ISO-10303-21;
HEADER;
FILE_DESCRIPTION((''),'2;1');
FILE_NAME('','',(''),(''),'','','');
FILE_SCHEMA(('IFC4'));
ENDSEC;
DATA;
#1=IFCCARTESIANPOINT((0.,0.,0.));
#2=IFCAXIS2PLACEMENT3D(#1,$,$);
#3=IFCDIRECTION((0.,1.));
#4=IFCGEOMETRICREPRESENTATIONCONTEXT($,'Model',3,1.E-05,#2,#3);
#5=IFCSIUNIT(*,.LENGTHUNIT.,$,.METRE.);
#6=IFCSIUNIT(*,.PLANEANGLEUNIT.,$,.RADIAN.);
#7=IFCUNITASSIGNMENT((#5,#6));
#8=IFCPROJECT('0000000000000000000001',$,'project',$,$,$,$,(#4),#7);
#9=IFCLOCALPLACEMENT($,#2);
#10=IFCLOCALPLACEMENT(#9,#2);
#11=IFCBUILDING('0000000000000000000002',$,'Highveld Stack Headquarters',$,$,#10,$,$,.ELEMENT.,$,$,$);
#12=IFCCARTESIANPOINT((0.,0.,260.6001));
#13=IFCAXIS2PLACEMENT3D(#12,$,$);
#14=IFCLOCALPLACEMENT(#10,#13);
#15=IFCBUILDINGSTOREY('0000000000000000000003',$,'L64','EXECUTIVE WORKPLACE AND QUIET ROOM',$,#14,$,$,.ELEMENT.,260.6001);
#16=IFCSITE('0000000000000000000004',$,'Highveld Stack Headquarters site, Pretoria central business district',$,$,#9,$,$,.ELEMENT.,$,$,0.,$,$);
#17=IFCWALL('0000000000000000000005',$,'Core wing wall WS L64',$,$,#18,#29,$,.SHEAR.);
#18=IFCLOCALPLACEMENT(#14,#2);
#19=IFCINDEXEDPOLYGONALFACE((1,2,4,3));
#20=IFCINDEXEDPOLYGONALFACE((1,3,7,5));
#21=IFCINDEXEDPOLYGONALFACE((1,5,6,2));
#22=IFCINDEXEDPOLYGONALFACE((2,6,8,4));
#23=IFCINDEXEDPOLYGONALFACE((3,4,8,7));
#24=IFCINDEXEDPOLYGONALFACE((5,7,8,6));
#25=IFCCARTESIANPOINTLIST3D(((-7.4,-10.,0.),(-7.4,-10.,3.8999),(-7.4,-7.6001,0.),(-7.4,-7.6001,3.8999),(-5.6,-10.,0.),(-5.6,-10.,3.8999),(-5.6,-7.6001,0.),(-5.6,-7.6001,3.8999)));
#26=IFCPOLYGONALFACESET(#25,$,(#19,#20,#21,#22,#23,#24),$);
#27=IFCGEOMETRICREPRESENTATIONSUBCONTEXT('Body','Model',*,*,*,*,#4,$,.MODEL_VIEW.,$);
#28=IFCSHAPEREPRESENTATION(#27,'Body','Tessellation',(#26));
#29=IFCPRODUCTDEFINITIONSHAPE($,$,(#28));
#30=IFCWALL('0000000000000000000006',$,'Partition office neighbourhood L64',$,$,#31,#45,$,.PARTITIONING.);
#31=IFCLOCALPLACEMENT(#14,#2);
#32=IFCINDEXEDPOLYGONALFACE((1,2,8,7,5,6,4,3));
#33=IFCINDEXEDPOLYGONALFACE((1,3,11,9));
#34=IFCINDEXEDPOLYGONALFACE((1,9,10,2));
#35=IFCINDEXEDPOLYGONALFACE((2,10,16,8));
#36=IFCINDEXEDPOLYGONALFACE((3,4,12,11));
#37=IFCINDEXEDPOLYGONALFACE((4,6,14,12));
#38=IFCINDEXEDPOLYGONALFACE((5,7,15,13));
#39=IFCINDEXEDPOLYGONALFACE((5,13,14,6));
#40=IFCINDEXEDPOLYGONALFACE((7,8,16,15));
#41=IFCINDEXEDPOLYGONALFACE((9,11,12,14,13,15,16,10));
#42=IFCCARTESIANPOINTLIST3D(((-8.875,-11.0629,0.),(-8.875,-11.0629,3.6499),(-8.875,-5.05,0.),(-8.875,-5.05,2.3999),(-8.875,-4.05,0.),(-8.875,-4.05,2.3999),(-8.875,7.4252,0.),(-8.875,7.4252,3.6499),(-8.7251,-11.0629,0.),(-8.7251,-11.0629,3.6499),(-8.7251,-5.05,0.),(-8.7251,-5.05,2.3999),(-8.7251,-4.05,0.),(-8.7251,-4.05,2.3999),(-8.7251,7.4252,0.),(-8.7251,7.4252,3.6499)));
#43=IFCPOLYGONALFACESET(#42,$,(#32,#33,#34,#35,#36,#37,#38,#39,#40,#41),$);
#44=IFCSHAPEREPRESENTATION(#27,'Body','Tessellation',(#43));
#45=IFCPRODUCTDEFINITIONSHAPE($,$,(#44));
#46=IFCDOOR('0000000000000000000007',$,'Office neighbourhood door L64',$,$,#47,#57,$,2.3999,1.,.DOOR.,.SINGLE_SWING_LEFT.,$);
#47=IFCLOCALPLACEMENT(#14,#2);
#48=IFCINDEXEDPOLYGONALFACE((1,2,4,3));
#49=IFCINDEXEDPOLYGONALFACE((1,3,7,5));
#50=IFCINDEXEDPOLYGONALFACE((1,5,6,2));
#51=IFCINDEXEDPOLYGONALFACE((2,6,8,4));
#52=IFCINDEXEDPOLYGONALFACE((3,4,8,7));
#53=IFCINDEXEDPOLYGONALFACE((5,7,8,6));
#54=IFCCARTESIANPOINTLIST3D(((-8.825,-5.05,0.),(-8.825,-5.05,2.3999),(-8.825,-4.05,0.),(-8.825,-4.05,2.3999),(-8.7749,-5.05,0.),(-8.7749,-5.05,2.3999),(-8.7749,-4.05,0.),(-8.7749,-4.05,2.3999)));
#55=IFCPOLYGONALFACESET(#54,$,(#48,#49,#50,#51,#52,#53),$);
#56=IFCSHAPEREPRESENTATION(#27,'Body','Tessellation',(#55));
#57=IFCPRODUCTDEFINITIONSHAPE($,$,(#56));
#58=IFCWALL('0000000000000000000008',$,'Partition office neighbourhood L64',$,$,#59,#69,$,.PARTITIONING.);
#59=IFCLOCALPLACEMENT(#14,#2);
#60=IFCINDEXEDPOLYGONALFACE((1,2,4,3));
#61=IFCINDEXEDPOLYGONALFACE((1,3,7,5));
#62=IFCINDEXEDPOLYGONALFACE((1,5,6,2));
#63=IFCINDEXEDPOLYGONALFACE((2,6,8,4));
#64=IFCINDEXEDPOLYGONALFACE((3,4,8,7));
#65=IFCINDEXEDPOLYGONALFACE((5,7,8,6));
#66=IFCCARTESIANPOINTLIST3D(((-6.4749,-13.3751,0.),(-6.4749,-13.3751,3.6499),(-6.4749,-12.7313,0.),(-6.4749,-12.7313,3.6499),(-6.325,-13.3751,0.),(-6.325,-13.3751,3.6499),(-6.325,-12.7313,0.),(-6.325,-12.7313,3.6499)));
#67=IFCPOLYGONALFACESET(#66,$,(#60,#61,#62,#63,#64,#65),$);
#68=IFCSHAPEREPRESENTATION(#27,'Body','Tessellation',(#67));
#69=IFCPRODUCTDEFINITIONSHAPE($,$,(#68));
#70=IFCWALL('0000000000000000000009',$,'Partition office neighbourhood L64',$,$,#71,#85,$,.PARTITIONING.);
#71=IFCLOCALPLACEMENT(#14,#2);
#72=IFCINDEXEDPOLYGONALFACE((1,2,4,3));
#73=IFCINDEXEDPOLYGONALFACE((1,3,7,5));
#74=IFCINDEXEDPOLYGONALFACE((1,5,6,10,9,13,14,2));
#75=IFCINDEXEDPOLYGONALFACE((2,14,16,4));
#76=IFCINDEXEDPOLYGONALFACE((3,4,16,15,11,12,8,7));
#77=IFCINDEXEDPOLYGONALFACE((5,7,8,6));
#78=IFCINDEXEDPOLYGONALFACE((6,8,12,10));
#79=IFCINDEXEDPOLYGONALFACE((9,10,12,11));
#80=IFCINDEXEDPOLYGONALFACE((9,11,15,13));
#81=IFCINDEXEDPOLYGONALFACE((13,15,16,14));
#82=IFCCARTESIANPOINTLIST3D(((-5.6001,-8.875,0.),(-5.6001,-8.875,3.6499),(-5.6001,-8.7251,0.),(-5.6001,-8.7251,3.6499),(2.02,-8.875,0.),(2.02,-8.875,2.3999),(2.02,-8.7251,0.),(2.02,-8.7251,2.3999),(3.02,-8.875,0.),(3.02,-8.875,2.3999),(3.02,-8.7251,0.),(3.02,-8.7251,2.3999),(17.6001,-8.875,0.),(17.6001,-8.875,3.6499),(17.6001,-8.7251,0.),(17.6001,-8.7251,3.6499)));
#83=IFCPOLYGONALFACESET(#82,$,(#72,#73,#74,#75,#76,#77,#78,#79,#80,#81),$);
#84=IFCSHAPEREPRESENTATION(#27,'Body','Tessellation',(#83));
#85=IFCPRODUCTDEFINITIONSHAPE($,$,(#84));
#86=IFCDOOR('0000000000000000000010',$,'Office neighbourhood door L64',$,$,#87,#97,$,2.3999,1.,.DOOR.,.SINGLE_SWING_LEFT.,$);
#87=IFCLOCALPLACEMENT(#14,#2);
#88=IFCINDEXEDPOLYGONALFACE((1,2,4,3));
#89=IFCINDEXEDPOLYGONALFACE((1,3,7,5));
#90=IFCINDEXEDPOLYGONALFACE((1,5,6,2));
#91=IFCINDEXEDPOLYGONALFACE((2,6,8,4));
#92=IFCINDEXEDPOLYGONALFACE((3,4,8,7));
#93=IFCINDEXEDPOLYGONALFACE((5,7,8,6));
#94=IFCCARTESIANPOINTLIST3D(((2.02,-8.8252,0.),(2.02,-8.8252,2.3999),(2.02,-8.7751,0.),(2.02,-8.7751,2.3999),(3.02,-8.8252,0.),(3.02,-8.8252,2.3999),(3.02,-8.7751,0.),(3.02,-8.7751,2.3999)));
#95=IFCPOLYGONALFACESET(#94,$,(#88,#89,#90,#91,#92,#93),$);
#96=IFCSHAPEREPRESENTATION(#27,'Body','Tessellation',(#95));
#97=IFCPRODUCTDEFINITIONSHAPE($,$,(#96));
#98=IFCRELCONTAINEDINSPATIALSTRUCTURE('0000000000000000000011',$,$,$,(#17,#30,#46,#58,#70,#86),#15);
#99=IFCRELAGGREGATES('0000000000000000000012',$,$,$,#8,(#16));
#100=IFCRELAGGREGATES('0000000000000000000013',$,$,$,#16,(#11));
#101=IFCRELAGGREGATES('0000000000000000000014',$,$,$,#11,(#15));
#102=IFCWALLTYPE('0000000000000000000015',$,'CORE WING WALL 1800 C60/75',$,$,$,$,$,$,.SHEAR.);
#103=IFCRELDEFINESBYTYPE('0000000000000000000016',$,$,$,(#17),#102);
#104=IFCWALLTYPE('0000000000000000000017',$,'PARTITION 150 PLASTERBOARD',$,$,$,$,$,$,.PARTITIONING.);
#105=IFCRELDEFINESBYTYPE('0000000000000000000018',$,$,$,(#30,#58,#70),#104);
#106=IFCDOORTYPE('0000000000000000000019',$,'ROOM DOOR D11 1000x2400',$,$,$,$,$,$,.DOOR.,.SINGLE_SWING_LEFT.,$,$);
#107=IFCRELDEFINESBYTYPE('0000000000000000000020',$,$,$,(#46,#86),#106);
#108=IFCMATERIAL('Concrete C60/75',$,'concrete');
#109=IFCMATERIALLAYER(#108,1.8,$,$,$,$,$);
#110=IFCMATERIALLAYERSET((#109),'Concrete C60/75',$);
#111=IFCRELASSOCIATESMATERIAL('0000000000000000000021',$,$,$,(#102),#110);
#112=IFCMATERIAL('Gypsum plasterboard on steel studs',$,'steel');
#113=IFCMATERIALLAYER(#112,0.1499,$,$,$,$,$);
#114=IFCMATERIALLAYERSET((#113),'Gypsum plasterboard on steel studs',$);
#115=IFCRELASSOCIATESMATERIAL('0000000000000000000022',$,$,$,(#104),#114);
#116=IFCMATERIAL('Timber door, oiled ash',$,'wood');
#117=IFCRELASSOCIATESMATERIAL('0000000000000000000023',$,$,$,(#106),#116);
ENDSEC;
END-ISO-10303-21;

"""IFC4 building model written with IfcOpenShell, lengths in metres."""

from ifc_helpers import new_model, si_unit, direction, frame, frame_2d, origin, place, context, subcontext, project, spatial, rectangle, extrude, material, layer, layer_set, type_object, element, fill, save


model = new_model("IFC4")

# Units and contexts
model_context = context("Model", 3, precision=1e-05, world=origin(), true_north=direction((0.0, 1.0)))
body_context = subcontext(model_context, "Body", "Model", "MODEL_VIEW")
ifc_project = project(units=[si_unit("LENGTHUNIT", "METRE"), si_unit("PLANEANGLEUNIT", "RADIAN")], contexts=[model_context])

# Site, building, storey
site_placement = place(None, origin())
site = spatial("IfcSite", under=ifc_project, at=site_placement, Name="Highveld Stack Headquarters site, Pretoria central business district", CompositionType="ELEMENT", RefElevation=0.0)
building_placement = place(site_placement, origin())
building = spatial("IfcBuilding", under=site, at=building_placement, Name="Highveld Stack Headquarters", CompositionType="ELEMENT")
storey_placement = place(building_placement, frame((0.0, 0.0, 260.6001)))
storey = spatial("IfcBuildingStorey", under=building, at=storey_placement, Name="L64", Description="EXECUTIVE WORKPLACE AND QUIET ROOM", CompositionType="ELEMENT", Elevation=260.6001)

# Wall
ifc_material_1 = material(Name="Concrete C60/75", Category="concrete")
ifc_layer_1 = layer(ifc_material_1, 1.8)
ifc_layer_set_1 = layer_set([ifc_layer_1], Name="Concrete C60/75")
wall_type_1 = type_object("IfcWallType", Name="CORE WING WALL 1800 C60/75", PredefinedType="SHEAR", material=ifc_layer_set_1)
wall_1_placement = place(storey_placement, frame((-6.5, -10.0, 0.0), z_axis=(0.0, 0.0, 1.0), x_axis=(0.0, 1.0, 0.0)))
element("IfcWall", 1, at=wall_1_placement, inside=storey, type_object=wall_type_1, Name="Core wing wall WS L64", PredefinedType="SHEAR", context=body_context, shape_type="SweptSolid", body=[
    extrude(rectangle(XDim=2.3999, YDim=1.8, at=frame_2d((1.2, 0.0))), origin(), (0.0, 0.0, 1.0), 3.8999),
])

# Wall, opening, door
ifc_material_2 = material(Name="Gypsum plasterboard on steel studs", Category="steel")
ifc_layer_2 = layer(ifc_material_2, 0.1499)
ifc_layer_set_2 = layer_set([ifc_layer_2], Name="Gypsum plasterboard on steel studs")
wall_type_2 = type_object("IfcWallType", Name="PARTITION 150 PLASTERBOARD", PredefinedType="PARTITIONING", material=ifc_layer_set_2)
wall_2_placement = place(storey_placement, frame((-8.8, -11.063, 0.0), z_axis=(0.0, 0.0, 1.0), x_axis=(0.0, 1.0, 0.0)))
wall_2 = element("IfcWall", 2, at=wall_2_placement, inside=storey, type_object=wall_type_2, Name="Partition office neighbourhood L64", PredefinedType="PARTITIONING", context=body_context, shape_type="SweptSolid", body=[
    extrude(rectangle(XDim=18.488, YDim=0.1499, at=frame_2d((9.2441, 0.0))), origin(), (0.0, 0.0, 1.0), 3.6499),
])
opening_1_placement = place(wall_2_placement, frame((6.0129, 0.0, 0.0)))
opening_1 = element("IfcOpeningElement", 3, at=opening_1_placement, cuts=wall_2, PredefinedType="OPENING", context=body_context, shape_type="SweptSolid", body=[
    extrude(rectangle(XDim=1.0, YDim=2.3999, at=frame_2d((0.5, 1.2))), frame((0.0, 0.085, 0.0), z_axis=(0.0, -1.0, 0.0), x_axis=(1.0, 0.0, 0.0)), (0.0, 0.0, 1.0), 0.1699),
])
ifc_material_3 = material(Name="Timber door, oiled ash", Category="wood")
door_type_1 = type_object("IfcDoorType", Name="ROOM DOOR D11 1000x2400", OperationType="SINGLE_SWING_LEFT", PredefinedType="DOOR", material=ifc_material_3)
door_1_placement = place(opening_1_placement, origin())
door_1 = element("IfcDoor", 4, at=door_1_placement, inside=storey, type_object=door_type_1, Name="Office neighbourhood door L64", OperationType="SINGLE_SWING_LEFT", OverallHeight=2.3999, OverallWidth=1.0, PredefinedType="DOOR", context=body_context, shape_type="SweptSolid", body=[
    extrude(rectangle(XDim=1.0, YDim=2.3999, at=frame_2d((0.5, 1.2))), frame((0.0, 0.0249, 0.0), z_axis=(0.0, -1.0, 0.0), x_axis=(1.0, 0.0, 0.0)), (0.0, 0.0, 1.0), 0.05),
])
fill(opening_1, door_1)

# Wall
wall_3_placement = place(storey_placement, frame((-6.3999, -13.375, 0.0), z_axis=(0.0, 0.0, 1.0), x_axis=(0.0, 1.0, 0.0)))
element("IfcWall", 5, at=wall_3_placement, inside=storey, type_object=wall_type_2, Name="Partition office neighbourhood L64", PredefinedType="PARTITIONING", context=body_context, shape_type="SweptSolid", body=[
    extrude(rectangle(XDim=0.6438, YDim=0.1499, at=frame_2d((0.3218, 0.0))), origin(), (0.0, 0.0, 1.0), 3.6499),
])

# Wall, opening, door
wall_4_placement = place(storey_placement, frame((-5.6001, -8.8, 0.0), z_axis=(0.0, 0.0, 1.0), x_axis=(1.0, 0.0, 0.0)))
wall_4 = element("IfcWall", 6, at=wall_4_placement, inside=storey, type_object=wall_type_2, Name="Partition office neighbourhood L64", PredefinedType="PARTITIONING", context=body_context, shape_type="SweptSolid", body=[
    extrude(rectangle(XDim=23.2002, YDim=0.1499, at=frame_2d((11.6001, 0.0))), origin(), (0.0, 0.0, 1.0), 3.6499),
])
opening_2_placement = place(wall_4_placement, frame((7.6201, 0.0, 0.0)))
opening_2 = element("IfcOpeningElement", 7, at=opening_2_placement, cuts=wall_4, PredefinedType="OPENING", context=body_context, shape_type="SweptSolid", body=[
    extrude(rectangle(XDim=1.0, YDim=2.3999, at=frame_2d((0.5, 1.2))), frame((0.0, 0.085, 0.0), z_axis=(0.0, -1.0, 0.0), x_axis=(1.0, 0.0, 0.0)), (0.0, 0.0, 1.0), 0.1699),
])
door_2_placement = place(opening_2_placement, origin())
door_2 = element("IfcDoor", 8, at=door_2_placement, inside=storey, type_object=door_type_1, Name="Office neighbourhood door L64", OperationType="SINGLE_SWING_LEFT", OverallHeight=2.3999, OverallWidth=1.0, PredefinedType="DOOR", context=body_context, shape_type="SweptSolid", body=[
    extrude(rectangle(XDim=1.0, YDim=2.3999, at=frame_2d((0.5, 1.2))), frame((0.0, 0.0249, 0.0), z_axis=(0.0, -1.0, 0.0), x_axis=(1.0, 0.0, 0.0)), (0.0, 0.0, 1.0), 0.05),
])
fill(opening_2, door_2)

save(model, "model.ifc")
